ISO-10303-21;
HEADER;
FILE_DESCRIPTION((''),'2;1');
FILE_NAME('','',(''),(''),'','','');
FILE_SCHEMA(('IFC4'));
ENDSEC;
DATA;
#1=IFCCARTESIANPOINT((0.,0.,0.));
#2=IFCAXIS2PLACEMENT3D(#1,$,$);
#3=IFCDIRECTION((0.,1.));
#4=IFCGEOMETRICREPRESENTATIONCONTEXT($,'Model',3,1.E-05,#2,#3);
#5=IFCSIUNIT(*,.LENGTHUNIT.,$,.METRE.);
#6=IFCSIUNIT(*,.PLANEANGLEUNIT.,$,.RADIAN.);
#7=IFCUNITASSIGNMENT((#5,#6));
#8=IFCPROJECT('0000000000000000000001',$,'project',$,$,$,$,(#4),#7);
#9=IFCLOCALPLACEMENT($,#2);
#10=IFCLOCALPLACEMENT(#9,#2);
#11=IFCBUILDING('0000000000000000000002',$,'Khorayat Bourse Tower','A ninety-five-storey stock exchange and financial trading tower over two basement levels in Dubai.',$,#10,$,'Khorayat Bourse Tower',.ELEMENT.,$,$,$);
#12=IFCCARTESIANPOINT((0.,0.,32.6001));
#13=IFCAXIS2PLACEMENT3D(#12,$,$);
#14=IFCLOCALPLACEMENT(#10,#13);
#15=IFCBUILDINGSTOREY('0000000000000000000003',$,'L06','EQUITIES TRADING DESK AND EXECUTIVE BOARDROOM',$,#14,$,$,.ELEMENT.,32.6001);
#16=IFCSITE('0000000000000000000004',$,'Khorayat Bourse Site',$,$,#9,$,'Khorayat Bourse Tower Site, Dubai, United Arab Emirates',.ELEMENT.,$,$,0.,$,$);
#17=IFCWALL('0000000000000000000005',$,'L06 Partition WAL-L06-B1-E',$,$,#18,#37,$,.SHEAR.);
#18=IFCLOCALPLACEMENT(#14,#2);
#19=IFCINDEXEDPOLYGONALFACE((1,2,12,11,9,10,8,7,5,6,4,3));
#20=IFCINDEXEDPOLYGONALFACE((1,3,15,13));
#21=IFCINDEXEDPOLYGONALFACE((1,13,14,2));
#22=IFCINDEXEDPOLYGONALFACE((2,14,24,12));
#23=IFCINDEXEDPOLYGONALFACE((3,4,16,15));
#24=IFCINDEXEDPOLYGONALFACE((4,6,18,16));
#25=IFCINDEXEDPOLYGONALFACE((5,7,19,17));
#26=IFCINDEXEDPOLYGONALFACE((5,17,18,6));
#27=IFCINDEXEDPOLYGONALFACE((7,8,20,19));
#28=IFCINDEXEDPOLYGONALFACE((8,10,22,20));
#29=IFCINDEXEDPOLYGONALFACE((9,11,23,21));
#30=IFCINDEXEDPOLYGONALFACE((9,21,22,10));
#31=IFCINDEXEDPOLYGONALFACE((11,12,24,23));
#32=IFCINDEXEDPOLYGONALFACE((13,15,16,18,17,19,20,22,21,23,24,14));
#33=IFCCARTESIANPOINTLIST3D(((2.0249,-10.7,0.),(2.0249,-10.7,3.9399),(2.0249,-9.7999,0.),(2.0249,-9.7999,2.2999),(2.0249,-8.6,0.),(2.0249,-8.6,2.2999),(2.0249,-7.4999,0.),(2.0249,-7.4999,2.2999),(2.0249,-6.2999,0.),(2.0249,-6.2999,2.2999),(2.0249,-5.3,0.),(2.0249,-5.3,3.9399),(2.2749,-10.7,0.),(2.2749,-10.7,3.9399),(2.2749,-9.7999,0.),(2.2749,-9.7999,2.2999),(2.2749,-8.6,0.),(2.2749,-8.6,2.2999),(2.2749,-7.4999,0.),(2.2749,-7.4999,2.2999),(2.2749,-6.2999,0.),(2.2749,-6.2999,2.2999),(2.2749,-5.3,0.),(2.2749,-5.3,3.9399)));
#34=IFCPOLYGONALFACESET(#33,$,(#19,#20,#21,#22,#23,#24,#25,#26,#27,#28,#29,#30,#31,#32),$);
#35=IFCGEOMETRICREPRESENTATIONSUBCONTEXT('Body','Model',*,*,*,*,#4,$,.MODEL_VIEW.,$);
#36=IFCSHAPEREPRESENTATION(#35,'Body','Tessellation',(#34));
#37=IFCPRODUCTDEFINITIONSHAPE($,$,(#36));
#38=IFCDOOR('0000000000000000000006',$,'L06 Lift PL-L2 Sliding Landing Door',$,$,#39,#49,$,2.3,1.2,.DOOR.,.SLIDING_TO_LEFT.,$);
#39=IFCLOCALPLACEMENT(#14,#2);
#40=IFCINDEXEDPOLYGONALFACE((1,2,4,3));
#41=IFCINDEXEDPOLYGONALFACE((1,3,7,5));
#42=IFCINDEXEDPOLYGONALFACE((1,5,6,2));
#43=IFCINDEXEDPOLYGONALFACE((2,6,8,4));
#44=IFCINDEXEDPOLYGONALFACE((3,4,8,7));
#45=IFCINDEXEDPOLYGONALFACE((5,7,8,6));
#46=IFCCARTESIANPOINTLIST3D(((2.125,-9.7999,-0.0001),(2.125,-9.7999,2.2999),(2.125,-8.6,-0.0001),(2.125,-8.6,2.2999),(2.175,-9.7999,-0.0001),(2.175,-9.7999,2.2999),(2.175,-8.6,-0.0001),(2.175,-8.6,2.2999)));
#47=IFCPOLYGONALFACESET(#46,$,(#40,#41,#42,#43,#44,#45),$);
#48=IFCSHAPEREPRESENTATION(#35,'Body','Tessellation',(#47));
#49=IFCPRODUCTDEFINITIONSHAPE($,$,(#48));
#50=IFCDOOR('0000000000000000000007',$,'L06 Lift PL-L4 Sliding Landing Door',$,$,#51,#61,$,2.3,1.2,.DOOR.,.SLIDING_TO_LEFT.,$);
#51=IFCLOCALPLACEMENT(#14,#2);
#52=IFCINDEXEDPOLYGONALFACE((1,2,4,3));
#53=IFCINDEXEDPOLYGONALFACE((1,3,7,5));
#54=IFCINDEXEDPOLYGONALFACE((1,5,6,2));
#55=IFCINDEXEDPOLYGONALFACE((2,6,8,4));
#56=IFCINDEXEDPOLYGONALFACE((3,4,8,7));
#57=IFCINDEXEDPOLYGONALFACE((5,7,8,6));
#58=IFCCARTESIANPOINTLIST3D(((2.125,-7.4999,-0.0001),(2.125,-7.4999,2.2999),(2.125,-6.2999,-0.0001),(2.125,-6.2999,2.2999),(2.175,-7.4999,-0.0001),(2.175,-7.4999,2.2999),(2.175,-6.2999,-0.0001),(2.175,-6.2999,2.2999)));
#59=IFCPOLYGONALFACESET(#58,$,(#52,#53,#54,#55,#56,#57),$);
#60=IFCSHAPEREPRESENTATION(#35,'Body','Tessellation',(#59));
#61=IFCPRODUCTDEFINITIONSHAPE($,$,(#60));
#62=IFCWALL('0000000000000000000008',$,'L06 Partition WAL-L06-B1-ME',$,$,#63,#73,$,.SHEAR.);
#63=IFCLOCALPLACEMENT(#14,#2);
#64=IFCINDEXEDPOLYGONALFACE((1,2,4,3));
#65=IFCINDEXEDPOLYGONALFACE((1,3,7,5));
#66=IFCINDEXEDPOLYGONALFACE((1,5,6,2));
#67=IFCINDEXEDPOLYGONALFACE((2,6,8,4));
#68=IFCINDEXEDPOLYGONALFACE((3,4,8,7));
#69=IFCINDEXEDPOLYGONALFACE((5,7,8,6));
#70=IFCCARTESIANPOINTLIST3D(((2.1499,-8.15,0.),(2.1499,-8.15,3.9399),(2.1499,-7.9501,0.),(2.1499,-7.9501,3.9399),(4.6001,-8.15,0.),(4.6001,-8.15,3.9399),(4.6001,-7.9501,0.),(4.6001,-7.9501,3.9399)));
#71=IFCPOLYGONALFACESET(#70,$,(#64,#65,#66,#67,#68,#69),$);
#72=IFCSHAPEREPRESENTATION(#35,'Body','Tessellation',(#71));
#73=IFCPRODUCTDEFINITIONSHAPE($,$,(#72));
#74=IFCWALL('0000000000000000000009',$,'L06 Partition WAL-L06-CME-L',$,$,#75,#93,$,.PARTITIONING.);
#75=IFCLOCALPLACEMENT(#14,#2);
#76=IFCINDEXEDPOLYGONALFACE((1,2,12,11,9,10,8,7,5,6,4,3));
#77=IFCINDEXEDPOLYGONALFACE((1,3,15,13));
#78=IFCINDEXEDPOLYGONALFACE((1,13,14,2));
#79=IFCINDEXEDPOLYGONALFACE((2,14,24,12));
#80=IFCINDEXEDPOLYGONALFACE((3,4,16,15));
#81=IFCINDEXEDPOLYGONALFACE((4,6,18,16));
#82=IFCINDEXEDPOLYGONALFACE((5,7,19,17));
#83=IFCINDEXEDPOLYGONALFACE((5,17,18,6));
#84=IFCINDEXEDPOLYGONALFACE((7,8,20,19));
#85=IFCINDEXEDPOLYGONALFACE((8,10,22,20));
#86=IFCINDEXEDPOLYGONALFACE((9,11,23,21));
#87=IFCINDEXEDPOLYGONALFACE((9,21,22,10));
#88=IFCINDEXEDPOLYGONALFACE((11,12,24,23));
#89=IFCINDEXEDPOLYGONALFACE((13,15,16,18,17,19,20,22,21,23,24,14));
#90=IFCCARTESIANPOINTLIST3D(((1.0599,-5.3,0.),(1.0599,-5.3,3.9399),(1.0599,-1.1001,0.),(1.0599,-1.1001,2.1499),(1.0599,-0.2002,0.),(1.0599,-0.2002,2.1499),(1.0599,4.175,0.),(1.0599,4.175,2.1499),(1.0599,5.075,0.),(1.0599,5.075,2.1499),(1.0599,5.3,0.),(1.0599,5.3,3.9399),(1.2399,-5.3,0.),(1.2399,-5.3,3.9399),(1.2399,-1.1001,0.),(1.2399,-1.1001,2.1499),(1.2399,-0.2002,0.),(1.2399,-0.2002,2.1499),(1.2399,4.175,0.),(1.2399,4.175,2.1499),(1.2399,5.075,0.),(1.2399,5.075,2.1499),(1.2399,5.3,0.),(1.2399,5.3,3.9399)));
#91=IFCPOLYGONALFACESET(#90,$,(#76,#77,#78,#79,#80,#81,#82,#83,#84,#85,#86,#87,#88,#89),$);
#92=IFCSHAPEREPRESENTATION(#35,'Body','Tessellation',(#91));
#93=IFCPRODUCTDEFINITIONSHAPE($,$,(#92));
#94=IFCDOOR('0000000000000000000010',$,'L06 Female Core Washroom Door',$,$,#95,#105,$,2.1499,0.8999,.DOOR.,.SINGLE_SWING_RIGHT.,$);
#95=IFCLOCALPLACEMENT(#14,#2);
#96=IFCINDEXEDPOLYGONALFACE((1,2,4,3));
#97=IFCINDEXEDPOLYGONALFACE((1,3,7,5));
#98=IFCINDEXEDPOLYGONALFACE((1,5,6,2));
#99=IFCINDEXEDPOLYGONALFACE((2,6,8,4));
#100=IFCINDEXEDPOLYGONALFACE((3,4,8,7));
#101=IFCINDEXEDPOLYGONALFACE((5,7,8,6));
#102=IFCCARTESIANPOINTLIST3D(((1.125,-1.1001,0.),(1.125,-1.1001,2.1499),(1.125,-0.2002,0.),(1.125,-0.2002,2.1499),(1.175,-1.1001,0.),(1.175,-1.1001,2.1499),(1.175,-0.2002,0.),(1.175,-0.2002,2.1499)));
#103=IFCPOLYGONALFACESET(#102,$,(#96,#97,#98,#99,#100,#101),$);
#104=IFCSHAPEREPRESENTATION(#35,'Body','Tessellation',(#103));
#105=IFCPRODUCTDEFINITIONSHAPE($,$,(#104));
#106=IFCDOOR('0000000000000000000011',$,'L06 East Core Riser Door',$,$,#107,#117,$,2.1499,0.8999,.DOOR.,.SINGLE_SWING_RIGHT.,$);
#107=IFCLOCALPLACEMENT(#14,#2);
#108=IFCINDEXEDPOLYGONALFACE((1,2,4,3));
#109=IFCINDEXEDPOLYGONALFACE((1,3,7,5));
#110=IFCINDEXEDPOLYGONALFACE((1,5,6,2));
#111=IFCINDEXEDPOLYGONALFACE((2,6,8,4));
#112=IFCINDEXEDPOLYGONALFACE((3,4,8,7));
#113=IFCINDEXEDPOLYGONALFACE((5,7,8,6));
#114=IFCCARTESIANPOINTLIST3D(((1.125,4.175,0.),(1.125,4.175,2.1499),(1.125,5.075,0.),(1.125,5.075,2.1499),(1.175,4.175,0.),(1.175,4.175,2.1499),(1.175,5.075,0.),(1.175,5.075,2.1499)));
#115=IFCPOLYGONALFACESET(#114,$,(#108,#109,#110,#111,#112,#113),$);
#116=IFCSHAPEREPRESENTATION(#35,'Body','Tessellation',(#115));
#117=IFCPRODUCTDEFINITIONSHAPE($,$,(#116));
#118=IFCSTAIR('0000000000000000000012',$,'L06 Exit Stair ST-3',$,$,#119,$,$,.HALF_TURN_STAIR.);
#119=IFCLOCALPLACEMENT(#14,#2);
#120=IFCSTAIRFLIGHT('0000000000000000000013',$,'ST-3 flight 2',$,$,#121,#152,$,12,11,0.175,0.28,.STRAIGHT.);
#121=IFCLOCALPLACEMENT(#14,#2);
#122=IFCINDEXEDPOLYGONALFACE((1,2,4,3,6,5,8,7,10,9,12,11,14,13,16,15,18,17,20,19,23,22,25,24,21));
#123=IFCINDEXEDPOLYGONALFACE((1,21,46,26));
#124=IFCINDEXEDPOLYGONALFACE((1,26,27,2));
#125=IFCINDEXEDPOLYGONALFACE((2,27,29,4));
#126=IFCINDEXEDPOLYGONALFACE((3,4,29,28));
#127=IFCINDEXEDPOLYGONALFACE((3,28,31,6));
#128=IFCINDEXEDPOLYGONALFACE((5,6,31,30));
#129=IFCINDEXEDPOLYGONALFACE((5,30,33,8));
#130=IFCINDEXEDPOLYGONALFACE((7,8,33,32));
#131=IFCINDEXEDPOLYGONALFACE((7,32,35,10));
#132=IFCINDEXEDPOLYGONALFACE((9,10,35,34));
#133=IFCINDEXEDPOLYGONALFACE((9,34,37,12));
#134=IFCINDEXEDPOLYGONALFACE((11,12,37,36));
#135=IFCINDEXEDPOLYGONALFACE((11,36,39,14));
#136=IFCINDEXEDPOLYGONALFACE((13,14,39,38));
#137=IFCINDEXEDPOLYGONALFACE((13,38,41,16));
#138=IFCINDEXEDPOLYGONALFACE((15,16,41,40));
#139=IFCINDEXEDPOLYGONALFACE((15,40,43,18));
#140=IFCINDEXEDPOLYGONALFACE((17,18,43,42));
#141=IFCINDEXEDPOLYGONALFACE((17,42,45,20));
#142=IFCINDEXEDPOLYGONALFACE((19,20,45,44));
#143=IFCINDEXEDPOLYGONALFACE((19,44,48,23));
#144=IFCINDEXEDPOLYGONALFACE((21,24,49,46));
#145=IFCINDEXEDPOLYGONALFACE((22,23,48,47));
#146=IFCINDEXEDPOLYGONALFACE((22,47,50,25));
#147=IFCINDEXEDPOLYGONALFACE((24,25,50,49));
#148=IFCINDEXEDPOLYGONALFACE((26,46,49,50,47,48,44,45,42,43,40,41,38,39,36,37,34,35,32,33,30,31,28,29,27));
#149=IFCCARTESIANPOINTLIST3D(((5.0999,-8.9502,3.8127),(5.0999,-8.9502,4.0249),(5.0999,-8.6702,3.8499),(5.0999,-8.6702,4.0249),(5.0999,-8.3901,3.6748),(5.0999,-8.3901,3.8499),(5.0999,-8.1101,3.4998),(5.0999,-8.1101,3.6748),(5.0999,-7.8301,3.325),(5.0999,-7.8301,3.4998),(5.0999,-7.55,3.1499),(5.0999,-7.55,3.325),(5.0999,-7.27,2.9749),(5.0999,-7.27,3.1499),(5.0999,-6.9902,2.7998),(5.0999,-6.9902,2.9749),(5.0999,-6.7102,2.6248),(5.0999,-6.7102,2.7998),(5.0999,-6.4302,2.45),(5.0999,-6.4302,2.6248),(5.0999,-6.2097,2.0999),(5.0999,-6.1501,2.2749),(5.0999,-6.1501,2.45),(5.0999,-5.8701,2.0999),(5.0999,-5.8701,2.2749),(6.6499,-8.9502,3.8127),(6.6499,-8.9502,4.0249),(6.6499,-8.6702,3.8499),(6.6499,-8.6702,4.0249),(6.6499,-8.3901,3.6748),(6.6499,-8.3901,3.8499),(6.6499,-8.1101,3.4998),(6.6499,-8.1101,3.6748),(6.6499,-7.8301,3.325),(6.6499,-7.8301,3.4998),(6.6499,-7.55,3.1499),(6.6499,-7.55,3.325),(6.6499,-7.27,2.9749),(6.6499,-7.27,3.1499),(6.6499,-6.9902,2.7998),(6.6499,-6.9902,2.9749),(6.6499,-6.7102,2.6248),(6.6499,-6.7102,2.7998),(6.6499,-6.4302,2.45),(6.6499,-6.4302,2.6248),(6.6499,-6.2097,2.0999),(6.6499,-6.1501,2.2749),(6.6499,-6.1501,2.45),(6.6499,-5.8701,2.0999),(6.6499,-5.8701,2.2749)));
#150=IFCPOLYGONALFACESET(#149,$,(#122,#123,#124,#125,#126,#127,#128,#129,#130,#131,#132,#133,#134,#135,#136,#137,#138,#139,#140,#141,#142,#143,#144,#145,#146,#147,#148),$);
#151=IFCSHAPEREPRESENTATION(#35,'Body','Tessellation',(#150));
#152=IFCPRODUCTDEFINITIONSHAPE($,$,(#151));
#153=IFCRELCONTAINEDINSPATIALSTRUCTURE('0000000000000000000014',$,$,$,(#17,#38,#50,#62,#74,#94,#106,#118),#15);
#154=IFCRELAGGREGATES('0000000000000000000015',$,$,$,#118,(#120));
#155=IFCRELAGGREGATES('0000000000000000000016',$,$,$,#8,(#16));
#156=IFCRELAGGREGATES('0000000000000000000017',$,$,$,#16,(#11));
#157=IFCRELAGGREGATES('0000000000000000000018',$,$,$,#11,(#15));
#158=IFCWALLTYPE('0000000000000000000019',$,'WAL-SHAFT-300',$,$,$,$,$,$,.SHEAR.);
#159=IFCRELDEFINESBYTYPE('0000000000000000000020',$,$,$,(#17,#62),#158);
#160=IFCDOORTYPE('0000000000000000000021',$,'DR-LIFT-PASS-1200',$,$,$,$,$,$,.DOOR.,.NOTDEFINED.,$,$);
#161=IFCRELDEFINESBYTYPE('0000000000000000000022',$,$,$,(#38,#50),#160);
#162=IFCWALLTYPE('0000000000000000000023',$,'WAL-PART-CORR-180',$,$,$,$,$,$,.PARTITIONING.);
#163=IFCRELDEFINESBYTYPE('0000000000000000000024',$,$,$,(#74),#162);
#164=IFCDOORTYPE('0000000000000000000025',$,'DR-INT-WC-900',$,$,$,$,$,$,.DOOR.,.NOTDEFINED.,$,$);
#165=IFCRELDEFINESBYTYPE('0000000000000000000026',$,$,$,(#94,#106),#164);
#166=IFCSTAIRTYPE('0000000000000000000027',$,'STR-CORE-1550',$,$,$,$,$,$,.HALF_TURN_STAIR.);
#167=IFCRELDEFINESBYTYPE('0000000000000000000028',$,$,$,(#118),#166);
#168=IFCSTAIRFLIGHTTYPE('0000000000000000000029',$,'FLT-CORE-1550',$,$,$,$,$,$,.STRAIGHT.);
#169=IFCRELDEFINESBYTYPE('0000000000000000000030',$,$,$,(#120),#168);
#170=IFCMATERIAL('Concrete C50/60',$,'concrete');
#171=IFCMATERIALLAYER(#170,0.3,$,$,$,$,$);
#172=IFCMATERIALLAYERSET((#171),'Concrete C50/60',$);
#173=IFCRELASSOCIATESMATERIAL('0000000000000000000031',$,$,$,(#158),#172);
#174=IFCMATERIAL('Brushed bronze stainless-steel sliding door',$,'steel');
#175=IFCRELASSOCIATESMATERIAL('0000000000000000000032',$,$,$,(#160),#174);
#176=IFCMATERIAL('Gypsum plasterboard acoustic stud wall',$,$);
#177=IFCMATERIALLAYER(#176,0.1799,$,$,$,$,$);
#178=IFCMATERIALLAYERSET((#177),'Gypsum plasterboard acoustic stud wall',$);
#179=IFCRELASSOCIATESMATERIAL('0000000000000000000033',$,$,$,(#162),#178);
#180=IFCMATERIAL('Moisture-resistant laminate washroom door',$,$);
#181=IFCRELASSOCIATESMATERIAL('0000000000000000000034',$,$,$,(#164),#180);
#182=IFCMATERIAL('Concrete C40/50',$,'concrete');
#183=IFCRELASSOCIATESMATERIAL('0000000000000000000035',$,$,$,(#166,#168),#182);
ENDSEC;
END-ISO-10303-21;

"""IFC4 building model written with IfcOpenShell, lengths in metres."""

from ifc_helpers import new_model, si_unit, direction, frame, frame_2d, origin, place, context, subcontext, project, spatial, polyline, rectangle, outline, extrude, source, transform, mapped, material, layer, layer_set, type_object, element, fill, aggregate, save


model = new_model("IFC4")

# Units and contexts
model_context = context("Model", 3, precision=1e-05, world=origin(), true_north=direction((0.0, 1.0)))
body_context = subcontext(model_context, "Body", "Model", "MODEL_VIEW")
ifc_project = project(units=[si_unit("LENGTHUNIT", "METRE"), si_unit("PLANEANGLEUNIT", "RADIAN")], contexts=[model_context])

# Site, building, storey
site_placement = place(None, origin())
site = spatial("IfcSite", under=ifc_project, at=site_placement, Name="Khorayat Bourse Site", LongName="Khorayat Bourse Tower Site, Dubai, United Arab Emirates", CompositionType="ELEMENT", RefElevation=0.0)
building_placement = place(site_placement, origin())
building = spatial("IfcBuilding", under=site, at=building_placement, Name="Khorayat Bourse Tower", Description="A ninety-five-storey stock exchange and financial trading tower over two basement levels in Dubai.", LongName="Khorayat Bourse Tower", CompositionType="ELEMENT")
storey_placement = place(building_placement, frame((0.0, 0.0, 32.6001)))
storey = spatial("IfcBuildingStorey", under=building, at=storey_placement, Name="L06", Description="EQUITIES TRADING DESK AND EXECUTIVE BOARDROOM", CompositionType="ELEMENT", Elevation=32.6001)

# Wall, openings, doors
ifc_material_1 = material(Name="Concrete C50/60", Category="concrete")
ifc_layer_1 = layer(ifc_material_1, 0.3)
ifc_layer_set_1 = layer_set([ifc_layer_1], Name="Concrete C50/60")
wall_type_1 = type_object("IfcWallType", Name="WAL-SHAFT-300", PredefinedType="SHEAR", material=ifc_layer_set_1)
shared_shape_1 = source(origin(), body_context, "Body", "SweptSolid", [
    extrude(rectangle(XDim=5.3999, YDim=0.25, at=frame_2d((2.7, 0.0))), origin(), (0.0, 0.0, 1.0), 3.9399),
])
shared_shape_2 = source(origin(), body_context, "Body", "SweptSolid", [
    extrude(rectangle(XDim=1.2, YDim=2.3, at=frame_2d((0.6001, 1.1499))), frame((0.0, 0.135, 0.0), z_axis=(0.0, -1.0, 0.0), x_axis=(1.0, 0.0, 0.0)), (0.0, 0.0, 1.0), 0.27),
])
ifc_material_2 = material(Name="Brushed bronze stainless-steel sliding door", Category="steel")
door_type_1 = type_object("IfcDoorType", Name="DR-LIFT-PASS-1200", OperationType="NOTDEFINED", PredefinedType="DOOR", material=ifc_material_2)
shared_shape_3 = source(origin(), body_context, "Body", "SweptSolid", [
    extrude(rectangle(XDim=1.2, YDim=2.3, at=frame_2d((0.6001, 1.1499))), frame((0.0, 0.0249, 0.0), z_axis=(0.0, -1.0, 0.0), x_axis=(1.0, 0.0, 0.0)), (0.0, 0.0, 1.0), 0.05),
])
wall_1_placement = place(storey_placement, frame((2.1499, -10.7, 0.0), z_axis=(0.0, 0.0, 1.0), x_axis=(0.0, 1.0, 0.0)))
wall_1 = element("IfcWall", 1, at=wall_1_placement, inside=storey, type_object=wall_type_1, Name="L06 Partition WAL-L06-B1-E", PredefinedType="SHEAR", context=body_context, shape_type="MappedRepresentation", body=[
    mapped(shared_shape_1, transform((0.0, 0.0, 0.0), scale=1.0)),
])
opening_1_placement = place(wall_1_placement, frame((0.8999, 0.0, 0.0)))
opening_1 = element("IfcOpeningElement", 2, at=opening_1_placement, cuts=wall_1, PredefinedType="OPENING", context=body_context, shape_type="MappedRepresentation", body=[
    mapped(shared_shape_2, transform((0.0, 0.0, 0.0), scale=1.0)),
])
opening_2_placement = place(wall_1_placement, frame((3.2, 0.0, 0.0)))
opening_2 = element("IfcOpeningElement", 3, at=opening_2_placement, cuts=wall_1, PredefinedType="OPENING", context=body_context, shape_type="MappedRepresentation", body=[
    mapped(shared_shape_2, transform((0.0, 0.0, 0.0), scale=1.0)),
])
door_1_placement = place(opening_1_placement, origin())
door_1 = element("IfcDoor", 4, at=door_1_placement, inside=storey, type_object=door_type_1, Name="L06 Lift PL-L2 Sliding Landing Door", OperationType="SLIDING_TO_LEFT", OverallHeight=2.3, OverallWidth=1.2, PredefinedType="DOOR", context=body_context, shape_type="MappedRepresentation", body=[
    mapped(shared_shape_3, transform((0.0, 0.0, 0.0), scale=1.0)),
])
fill(opening_1, door_1)
door_2_placement = place(opening_2_placement, origin())
door_2 = element("IfcDoor", 5, at=door_2_placement, inside=storey, type_object=door_type_1, Name="L06 Lift PL-L4 Sliding Landing Door", OperationType="SLIDING_TO_LEFT", OverallHeight=2.3, OverallWidth=1.2, PredefinedType="DOOR", context=body_context, shape_type="MappedRepresentation", body=[
    mapped(shared_shape_3, transform((0.0, 0.0, 0.0), scale=1.0)),
])
fill(opening_2, door_2)

# Wall
shared_shape_4 = source(origin(), body_context, "Body", "SweptSolid", [
    extrude(rectangle(XDim=2.4502, YDim=0.2, at=frame_2d((1.2251, 0.0))), origin(), (0.0, 0.0, 1.0), 3.9399),
])
wall_2_placement = place(storey_placement, frame((2.1499, -8.05, 0.0), z_axis=(0.0, 0.0, 1.0), x_axis=(1.0, 0.0, 0.0)))
element("IfcWall", 6, at=wall_2_placement, inside=storey, type_object=wall_type_1, Name="L06 Partition WAL-L06-B1-ME", PredefinedType="SHEAR", context=body_context, shape_type="MappedRepresentation", body=[
    mapped(shared_shape_4, transform((0.0, 0.0, 0.0), scale=1.0)),
])

# Wall, openings, doors
ifc_material_3 = material(Name="Gypsum plasterboard acoustic stud wall")
ifc_layer_2 = layer(ifc_material_3, 0.1799)
ifc_layer_set_2 = layer_set([ifc_layer_2], Name="Gypsum plasterboard acoustic stud wall")
wall_type_2 = type_object("IfcWallType", Name="WAL-PART-CORR-180", PredefinedType="PARTITIONING", material=ifc_layer_set_2)
shared_shape_5 = source(origin(), body_context, "Body", "SweptSolid", [
    extrude(rectangle(XDim=10.6001, YDim=0.1799, at=frame_2d((5.3, 0.0))), origin(), (0.0, 0.0, 1.0), 3.9399),
])
shared_shape_6 = source(origin(), body_context, "Body", "SweptSolid", [
    extrude(rectangle(XDim=0.8999, YDim=2.1499, at=frame_2d((0.45, 1.075))), frame((0.0, 0.0999, 0.0), z_axis=(0.0, -1.0, 0.0), x_axis=(1.0, 0.0, 0.0)), (0.0, 0.0, 1.0), 0.2),
])
ifc_material_4 = material(Name="Moisture-resistant laminate washroom door")
door_type_2 = type_object("IfcDoorType", Name="DR-INT-WC-900", OperationType="NOTDEFINED", PredefinedType="DOOR", material=ifc_material_4)
shared_shape_7 = source(origin(), body_context, "Body", "SweptSolid", [
    extrude(rectangle(XDim=0.8999, YDim=2.1499, at=frame_2d((0.45, 1.075))), frame((0.0, 0.0249, 0.0), z_axis=(0.0, -1.0, 0.0), x_axis=(1.0, 0.0, 0.0)), (0.0, 0.0, 1.0), 0.05),
])
wall_3_placement = place(storey_placement, frame((1.1499, -5.3, 0.0), z_axis=(0.0, 0.0, 1.0), x_axis=(0.0, 1.0, 0.0)))
wall_3 = element("IfcWall", 7, at=wall_3_placement, inside=storey, type_object=wall_type_2, Name="L06 Partition WAL-L06-CME-L", PredefinedType="PARTITIONING", context=body_context, shape_type="MappedRepresentation", body=[
    mapped(shared_shape_5, transform((0.0, 0.0, 0.0), scale=1.0)),
])
opening_3_placement = place(wall_3_placement, frame((4.2, 0.0, 0.0)))
opening_3 = element("IfcOpeningElement", 8, at=opening_3_placement, cuts=wall_3, PredefinedType="OPENING", context=body_context, shape_type="MappedRepresentation", body=[
    mapped(shared_shape_6, transform((0.0, 0.0, 0.0), scale=1.0)),
])
opening_4_placement = place(wall_3_placement, frame((9.4751, 0.0, 0.0)))
opening_4 = element("IfcOpeningElement", 9, at=opening_4_placement, cuts=wall_3, PredefinedType="OPENING", context=body_context, shape_type="MappedRepresentation", body=[
    mapped(shared_shape_6, transform((0.0, 0.0, 0.0), scale=1.0)),
])
door_3_placement = place(opening_3_placement, origin())
door_3 = element("IfcDoor", 10, at=door_3_placement, inside=storey, type_object=door_type_2, Name="L06 Female Core Washroom Door", OperationType="SINGLE_SWING_RIGHT", OverallHeight=2.1499, OverallWidth=0.8999, PredefinedType="DOOR", context=body_context, shape_type="MappedRepresentation", body=[
    mapped(shared_shape_7, transform((0.0, 0.0, 0.0), scale=1.0)),
])
fill(opening_3, door_3)
door_4_placement = place(opening_4_placement, origin())
door_4 = element("IfcDoor", 11, at=door_4_placement, inside=storey, type_object=door_type_2, Name="L06 East Core Riser Door", OperationType="SINGLE_SWING_RIGHT", OverallHeight=2.1499, OverallWidth=0.8999, PredefinedType="DOOR", context=body_context, shape_type="MappedRepresentation", body=[
    mapped(shared_shape_7, transform((0.0, 0.0, 0.0), scale=1.0)),
])
fill(opening_4, door_4)

# Stair, stair flight
ifc_material_5 = material(Name="Concrete C40/50", Category="concrete")
stair_type = type_object("IfcStairType", Name="STR-CORE-1550", PredefinedType="HALF_TURN_STAIR", material=ifc_material_5)
stair_placement = place(storey_placement, origin())
stair = element("IfcStair", 12, at=stair_placement, inside=storey, type_object=stair_type, Name="L06 Exit Stair ST-3", PredefinedType="HALF_TURN_STAIR")
stair_flight_type = type_object("IfcStairFlightType", Name="FLT-CORE-1550", PredefinedType="STRAIGHT", material=ifc_material_5)
shared_shape_8 = source(origin(), body_context, "Body", "SweptSolid", [
    extrude(outline(polyline([(0.0, 0.0), (0.0, 0.175), (0.28, 0.175), (0.28, 0.3501), (0.5601, 0.3501), (0.5601, 0.5249), (0.8401, 0.5249), (0.8401, 0.7), (1.1201, 0.7), (1.1201, 0.875), (1.3999, 0.875), (1.3999, 1.05), (1.6799, 1.05), (1.6799, 1.2251), (1.96, 1.2251), (1.96, 1.3999), (2.24, 1.3999), (2.24, 1.575), (2.52, 1.575), (2.52, 1.75), (2.8, 1.75), (2.8, 1.925), (3.0801, 1.925), (3.0801, 2.1001), (3.0801, 1.7129), (0.3396, 0.0), (0.0, 0.0)])), frame((0.0, 0.7749, 0.0), z_axis=(0.0, -1.0, 0.0), x_axis=(1.0, 0.0, 0.0)), (0.0, 0.0, 1.0), 1.55),
])
stair_flight_placement = place(storey_placement, frame((5.875, -5.8701, 2.0999), z_axis=(0.0, 0.0, 1.0), x_axis=(0.0, -1.0, 0.0)))
stair_flight = element("IfcStairFlight", 13, at=stair_flight_placement, type_object=stair_flight_type, Name="ST-3 flight 2", NumberOfRisers=12, NumberOfTreads=11, PredefinedType="STRAIGHT", RiserHeight=0.175, TreadLength=0.28, context=body_context, shape_type="MappedRepresentation", body=[
    mapped(shared_shape_8, transform((0.0, 0.0, 0.0), scale=1.0)),
])
aggregate(stair, [stair_flight])

save(model, "model.ifc")
